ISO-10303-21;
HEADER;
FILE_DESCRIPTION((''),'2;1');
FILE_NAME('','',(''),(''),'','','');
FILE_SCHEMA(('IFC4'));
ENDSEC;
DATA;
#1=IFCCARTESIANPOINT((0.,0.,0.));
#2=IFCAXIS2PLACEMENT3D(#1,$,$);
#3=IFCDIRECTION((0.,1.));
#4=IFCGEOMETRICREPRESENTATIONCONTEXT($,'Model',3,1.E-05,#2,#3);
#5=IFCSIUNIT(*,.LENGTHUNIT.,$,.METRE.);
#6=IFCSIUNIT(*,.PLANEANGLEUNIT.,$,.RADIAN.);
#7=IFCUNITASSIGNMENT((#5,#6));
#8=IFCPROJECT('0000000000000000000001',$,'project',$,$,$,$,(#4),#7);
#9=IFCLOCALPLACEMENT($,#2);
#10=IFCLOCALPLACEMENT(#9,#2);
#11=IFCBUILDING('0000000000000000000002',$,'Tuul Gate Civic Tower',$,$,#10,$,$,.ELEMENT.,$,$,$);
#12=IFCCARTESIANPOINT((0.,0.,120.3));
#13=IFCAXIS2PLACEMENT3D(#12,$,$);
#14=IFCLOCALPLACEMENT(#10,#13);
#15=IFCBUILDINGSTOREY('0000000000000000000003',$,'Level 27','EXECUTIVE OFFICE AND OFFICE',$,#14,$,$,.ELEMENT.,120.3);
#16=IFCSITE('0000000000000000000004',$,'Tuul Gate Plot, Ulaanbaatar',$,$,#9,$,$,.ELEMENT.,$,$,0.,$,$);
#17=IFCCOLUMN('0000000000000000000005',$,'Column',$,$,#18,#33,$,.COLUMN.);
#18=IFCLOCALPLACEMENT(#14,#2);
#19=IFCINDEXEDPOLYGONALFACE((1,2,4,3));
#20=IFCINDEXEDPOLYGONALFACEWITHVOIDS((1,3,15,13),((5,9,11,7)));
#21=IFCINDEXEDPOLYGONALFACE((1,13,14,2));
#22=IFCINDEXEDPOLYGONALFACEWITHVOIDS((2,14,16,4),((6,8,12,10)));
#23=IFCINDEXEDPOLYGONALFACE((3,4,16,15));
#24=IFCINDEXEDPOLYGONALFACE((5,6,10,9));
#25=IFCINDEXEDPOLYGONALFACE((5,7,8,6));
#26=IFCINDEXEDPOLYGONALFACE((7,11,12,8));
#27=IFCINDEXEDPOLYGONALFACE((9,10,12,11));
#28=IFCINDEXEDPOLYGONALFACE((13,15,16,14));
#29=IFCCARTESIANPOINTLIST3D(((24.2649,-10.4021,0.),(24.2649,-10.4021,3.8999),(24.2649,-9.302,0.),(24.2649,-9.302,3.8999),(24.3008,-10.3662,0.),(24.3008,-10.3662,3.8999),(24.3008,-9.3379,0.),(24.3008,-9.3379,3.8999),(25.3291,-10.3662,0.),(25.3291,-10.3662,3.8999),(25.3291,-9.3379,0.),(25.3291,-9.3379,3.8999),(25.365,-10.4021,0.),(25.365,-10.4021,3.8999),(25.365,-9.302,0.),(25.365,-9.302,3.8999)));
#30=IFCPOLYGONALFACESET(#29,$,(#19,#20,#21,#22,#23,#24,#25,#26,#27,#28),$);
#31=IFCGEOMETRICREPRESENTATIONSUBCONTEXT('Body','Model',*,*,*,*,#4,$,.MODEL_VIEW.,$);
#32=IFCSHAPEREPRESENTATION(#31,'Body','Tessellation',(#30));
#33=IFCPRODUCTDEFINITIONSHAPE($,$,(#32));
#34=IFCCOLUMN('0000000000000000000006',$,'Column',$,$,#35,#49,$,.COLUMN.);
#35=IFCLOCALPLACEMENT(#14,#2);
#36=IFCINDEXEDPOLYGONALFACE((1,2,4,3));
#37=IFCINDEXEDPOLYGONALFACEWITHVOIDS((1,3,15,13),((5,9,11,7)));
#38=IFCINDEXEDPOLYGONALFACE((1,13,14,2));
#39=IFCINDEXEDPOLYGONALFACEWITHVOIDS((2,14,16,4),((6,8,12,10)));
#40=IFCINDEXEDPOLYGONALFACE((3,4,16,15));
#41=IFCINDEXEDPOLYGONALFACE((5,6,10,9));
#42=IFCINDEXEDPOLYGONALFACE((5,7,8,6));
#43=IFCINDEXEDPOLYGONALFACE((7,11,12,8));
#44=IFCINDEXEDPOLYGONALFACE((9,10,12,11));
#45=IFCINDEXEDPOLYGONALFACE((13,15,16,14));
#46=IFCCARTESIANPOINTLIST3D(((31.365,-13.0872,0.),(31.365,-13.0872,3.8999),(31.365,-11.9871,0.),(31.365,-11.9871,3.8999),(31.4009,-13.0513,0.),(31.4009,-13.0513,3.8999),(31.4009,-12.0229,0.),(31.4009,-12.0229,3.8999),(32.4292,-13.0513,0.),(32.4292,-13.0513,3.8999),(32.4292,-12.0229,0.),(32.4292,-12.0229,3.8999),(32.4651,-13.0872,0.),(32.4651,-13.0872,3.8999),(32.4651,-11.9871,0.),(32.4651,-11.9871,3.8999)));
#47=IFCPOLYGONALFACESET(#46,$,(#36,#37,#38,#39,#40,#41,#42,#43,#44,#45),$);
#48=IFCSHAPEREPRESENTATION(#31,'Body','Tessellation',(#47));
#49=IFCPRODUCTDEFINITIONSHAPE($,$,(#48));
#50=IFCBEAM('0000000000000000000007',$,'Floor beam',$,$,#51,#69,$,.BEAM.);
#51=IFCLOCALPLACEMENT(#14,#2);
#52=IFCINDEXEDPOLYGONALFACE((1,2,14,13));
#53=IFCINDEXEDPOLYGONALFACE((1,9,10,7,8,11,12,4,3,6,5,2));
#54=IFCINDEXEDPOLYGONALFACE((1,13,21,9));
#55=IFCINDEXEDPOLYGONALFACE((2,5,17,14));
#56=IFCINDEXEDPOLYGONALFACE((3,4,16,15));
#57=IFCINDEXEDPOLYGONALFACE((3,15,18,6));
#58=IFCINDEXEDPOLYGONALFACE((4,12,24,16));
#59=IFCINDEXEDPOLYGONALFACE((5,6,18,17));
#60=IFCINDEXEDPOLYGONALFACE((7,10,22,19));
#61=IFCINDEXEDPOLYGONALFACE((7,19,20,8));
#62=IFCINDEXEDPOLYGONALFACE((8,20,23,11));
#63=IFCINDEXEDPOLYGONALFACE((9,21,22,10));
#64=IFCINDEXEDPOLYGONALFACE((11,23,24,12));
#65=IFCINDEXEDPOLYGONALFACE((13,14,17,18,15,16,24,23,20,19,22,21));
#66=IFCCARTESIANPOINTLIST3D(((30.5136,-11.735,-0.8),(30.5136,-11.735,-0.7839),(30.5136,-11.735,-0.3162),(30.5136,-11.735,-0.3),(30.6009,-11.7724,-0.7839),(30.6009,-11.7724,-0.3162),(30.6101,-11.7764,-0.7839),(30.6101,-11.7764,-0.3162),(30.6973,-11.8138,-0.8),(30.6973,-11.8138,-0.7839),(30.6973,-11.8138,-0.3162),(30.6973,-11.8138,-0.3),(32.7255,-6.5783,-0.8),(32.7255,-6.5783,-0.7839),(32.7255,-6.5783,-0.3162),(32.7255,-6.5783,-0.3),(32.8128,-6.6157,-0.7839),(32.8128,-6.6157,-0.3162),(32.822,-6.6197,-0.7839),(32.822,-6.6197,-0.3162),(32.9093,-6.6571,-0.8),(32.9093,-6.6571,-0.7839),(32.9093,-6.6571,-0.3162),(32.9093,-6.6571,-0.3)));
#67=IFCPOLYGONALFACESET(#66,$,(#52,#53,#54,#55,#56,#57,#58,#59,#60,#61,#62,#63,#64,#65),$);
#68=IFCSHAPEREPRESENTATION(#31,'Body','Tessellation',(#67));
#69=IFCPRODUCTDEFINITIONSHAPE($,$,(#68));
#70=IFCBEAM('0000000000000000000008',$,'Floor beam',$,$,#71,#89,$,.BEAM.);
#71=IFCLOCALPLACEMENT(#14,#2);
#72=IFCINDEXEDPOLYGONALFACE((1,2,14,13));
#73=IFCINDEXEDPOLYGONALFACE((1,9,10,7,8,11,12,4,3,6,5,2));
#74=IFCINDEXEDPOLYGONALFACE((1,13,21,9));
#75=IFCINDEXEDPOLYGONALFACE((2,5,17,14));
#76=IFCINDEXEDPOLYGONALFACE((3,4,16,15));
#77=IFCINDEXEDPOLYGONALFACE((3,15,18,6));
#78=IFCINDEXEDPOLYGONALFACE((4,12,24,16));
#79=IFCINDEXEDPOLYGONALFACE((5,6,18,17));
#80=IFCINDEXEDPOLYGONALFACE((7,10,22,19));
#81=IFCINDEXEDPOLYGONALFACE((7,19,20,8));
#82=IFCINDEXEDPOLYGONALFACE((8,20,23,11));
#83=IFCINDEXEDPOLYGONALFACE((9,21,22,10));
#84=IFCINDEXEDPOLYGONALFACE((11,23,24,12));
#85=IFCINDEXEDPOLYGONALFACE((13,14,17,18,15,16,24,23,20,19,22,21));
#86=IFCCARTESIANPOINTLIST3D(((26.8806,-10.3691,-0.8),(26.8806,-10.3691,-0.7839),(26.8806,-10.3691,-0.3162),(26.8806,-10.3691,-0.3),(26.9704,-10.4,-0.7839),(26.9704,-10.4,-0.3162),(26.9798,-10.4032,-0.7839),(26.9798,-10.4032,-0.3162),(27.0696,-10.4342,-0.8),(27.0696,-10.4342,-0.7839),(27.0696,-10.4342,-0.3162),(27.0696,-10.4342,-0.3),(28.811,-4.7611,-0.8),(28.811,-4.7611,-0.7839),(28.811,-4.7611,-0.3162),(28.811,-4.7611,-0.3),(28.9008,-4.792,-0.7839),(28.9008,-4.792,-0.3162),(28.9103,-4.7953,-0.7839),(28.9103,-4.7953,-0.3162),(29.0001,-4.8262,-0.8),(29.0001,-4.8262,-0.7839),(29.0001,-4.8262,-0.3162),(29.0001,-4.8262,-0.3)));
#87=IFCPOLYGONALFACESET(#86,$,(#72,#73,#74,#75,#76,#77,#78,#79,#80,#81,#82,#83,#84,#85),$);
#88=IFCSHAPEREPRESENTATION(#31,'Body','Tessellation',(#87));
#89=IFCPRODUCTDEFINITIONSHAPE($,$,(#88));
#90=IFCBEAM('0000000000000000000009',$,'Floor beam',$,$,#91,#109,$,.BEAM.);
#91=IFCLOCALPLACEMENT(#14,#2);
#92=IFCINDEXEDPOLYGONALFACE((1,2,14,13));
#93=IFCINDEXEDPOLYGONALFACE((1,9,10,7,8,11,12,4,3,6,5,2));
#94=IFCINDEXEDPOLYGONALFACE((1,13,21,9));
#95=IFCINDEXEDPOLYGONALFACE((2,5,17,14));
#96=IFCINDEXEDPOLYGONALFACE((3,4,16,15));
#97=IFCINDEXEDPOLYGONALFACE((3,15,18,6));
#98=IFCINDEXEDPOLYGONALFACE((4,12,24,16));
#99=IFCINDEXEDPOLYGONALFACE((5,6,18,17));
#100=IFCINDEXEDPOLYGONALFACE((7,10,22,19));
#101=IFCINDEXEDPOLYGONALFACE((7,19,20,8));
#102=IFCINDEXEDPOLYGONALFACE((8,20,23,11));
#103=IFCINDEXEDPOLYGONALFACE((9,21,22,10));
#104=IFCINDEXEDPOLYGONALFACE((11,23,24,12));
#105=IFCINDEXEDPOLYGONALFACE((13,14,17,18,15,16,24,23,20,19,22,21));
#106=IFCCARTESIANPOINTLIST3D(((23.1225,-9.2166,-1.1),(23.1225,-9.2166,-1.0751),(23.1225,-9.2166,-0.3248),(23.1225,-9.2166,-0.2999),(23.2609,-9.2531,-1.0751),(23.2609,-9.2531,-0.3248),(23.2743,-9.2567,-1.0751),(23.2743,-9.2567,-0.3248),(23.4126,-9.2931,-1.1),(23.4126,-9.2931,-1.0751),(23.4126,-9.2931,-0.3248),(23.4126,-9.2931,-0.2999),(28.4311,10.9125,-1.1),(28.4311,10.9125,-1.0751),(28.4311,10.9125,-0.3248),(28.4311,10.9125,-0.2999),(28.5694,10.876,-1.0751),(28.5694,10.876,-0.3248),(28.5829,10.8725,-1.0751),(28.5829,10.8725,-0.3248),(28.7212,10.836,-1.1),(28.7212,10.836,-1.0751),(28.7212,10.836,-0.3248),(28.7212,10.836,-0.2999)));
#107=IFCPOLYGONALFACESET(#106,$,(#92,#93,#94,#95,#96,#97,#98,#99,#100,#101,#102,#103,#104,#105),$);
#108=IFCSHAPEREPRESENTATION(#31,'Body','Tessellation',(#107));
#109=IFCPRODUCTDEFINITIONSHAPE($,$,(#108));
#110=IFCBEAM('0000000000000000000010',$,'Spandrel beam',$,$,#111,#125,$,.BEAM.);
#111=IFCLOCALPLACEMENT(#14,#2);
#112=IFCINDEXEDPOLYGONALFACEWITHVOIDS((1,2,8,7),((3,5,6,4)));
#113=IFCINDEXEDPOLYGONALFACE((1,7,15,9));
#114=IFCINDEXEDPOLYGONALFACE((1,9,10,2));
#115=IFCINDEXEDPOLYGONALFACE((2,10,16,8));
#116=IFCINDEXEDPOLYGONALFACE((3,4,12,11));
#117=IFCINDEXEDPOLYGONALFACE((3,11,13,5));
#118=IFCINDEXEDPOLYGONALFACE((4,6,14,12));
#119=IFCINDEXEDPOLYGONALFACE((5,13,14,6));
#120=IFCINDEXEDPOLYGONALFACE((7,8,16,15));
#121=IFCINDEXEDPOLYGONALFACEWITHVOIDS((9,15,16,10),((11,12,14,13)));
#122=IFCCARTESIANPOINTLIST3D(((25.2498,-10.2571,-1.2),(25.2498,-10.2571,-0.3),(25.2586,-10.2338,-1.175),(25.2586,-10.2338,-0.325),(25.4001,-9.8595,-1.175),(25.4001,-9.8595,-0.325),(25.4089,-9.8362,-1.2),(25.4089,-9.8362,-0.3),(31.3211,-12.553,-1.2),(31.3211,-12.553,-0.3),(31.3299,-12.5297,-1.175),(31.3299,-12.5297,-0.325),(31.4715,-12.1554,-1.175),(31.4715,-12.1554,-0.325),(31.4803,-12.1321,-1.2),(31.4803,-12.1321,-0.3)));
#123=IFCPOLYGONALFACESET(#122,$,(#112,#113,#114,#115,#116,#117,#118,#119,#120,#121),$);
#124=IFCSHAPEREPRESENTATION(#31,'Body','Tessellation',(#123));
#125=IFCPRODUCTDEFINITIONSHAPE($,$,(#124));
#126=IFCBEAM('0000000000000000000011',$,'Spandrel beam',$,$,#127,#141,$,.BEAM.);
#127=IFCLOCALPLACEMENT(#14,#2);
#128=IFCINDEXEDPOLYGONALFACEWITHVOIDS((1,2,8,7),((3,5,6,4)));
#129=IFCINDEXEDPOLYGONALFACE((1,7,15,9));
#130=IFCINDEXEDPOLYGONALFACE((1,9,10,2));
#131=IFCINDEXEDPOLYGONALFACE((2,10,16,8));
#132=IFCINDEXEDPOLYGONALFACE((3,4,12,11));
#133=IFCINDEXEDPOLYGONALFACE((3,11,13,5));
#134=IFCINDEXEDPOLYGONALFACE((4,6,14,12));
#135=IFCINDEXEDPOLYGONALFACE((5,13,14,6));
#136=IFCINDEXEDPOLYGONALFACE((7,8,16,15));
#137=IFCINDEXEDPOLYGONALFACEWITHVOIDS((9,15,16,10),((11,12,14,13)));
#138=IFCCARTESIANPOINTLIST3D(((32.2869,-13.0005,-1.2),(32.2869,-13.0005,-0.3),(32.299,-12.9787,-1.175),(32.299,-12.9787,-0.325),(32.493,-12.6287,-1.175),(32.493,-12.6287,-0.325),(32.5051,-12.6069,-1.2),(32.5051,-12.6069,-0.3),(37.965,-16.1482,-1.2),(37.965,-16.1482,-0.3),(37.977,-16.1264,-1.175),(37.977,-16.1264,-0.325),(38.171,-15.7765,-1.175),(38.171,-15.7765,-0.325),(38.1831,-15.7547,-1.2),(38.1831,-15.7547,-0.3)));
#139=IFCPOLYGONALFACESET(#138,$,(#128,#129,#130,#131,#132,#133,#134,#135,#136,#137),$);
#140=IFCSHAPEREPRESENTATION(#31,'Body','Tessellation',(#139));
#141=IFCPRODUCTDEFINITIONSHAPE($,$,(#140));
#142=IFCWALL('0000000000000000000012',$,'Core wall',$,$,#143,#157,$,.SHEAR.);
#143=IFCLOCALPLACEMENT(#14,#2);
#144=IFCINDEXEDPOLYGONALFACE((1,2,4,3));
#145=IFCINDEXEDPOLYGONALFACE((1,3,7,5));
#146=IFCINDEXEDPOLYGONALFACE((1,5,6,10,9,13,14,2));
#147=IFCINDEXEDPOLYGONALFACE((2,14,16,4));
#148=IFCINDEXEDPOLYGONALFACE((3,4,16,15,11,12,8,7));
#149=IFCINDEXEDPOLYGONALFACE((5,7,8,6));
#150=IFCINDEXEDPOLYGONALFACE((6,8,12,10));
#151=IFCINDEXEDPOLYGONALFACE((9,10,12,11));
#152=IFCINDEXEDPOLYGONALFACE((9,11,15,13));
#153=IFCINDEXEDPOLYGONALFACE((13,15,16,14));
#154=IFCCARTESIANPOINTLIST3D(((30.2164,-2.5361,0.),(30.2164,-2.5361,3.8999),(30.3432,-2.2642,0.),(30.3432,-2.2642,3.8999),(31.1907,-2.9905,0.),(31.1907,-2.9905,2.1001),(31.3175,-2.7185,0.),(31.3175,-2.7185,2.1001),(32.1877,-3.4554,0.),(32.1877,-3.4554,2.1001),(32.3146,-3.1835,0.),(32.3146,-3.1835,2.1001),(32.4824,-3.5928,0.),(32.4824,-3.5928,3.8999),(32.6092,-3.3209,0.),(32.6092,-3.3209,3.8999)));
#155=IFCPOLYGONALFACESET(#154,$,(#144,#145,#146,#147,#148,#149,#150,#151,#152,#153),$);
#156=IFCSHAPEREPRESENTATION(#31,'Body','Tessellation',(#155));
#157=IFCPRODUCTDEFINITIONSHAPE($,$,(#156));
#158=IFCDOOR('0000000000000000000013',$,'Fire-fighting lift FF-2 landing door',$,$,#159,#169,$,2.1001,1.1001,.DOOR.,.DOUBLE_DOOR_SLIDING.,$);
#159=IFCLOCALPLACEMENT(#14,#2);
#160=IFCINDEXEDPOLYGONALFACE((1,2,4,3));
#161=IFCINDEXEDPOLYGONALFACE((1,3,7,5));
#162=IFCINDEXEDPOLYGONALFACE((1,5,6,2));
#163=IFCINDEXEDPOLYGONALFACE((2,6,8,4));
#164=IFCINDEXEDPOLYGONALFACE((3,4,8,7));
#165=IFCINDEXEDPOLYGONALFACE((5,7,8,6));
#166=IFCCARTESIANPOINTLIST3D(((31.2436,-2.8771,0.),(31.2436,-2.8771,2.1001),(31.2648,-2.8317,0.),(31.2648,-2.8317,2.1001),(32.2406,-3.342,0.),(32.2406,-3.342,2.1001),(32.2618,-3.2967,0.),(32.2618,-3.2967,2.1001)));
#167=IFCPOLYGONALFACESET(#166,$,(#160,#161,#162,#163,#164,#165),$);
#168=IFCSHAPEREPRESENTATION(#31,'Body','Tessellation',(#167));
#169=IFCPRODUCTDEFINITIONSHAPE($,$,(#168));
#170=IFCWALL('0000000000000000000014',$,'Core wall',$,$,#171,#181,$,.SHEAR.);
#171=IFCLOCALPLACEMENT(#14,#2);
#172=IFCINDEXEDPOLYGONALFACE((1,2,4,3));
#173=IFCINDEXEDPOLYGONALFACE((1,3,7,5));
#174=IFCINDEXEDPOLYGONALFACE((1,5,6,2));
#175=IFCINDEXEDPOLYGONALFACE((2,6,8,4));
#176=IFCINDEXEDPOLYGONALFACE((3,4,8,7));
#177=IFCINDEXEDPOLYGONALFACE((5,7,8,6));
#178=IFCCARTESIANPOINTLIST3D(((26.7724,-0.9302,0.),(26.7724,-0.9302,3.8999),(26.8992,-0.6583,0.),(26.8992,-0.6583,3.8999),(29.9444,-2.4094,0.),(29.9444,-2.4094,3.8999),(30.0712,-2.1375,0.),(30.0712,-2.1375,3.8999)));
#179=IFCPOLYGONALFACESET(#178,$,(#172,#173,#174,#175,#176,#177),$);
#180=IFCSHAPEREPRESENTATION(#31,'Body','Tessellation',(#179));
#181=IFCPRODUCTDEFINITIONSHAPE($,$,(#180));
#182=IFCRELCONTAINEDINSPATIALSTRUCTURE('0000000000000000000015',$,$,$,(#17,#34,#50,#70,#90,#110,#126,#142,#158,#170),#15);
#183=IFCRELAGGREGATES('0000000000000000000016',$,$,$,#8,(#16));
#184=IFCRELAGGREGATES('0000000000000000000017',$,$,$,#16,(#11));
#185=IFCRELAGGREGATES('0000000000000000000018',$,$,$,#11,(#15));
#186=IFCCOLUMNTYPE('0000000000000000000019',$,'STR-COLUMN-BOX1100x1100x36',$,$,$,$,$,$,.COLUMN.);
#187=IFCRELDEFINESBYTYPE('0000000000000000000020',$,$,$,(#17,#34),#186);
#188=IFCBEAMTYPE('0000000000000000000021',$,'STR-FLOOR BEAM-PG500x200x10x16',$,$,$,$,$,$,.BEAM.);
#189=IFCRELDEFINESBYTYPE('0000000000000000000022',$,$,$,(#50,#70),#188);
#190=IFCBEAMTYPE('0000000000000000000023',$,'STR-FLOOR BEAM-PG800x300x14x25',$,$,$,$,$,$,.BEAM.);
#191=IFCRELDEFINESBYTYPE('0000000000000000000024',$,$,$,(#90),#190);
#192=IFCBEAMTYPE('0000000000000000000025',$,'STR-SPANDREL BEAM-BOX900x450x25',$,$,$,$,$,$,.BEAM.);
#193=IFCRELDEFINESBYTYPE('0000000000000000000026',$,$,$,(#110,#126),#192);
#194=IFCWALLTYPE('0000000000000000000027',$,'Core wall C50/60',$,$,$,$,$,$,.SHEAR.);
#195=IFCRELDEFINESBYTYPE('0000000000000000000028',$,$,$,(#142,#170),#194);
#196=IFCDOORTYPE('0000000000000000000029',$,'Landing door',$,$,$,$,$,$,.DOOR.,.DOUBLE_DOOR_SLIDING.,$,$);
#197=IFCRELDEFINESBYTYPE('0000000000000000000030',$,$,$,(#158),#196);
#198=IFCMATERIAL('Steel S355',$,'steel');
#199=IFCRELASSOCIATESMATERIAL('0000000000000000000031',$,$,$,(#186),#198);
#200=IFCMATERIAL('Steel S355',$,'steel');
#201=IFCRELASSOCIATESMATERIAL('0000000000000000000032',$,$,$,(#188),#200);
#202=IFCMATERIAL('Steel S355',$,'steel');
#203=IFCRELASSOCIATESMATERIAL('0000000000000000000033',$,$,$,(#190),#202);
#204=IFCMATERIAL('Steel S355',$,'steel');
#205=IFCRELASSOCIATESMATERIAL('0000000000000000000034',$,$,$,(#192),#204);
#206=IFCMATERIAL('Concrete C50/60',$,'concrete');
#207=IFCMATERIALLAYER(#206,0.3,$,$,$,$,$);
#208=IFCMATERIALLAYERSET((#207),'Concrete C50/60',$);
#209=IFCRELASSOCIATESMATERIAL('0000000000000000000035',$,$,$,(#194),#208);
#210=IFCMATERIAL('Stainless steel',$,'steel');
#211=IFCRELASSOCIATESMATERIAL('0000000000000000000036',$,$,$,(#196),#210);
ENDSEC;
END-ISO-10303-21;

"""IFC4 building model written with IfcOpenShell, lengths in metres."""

from ifc_helpers import new_model, si_unit, direction, frame, frame_2d, origin, origin_2d, place, context, subcontext, project, spatial, rectangle, hollow_rectangle, i_section, extrude, material, layer, layer_set, material_profile, profile_set, type_object, element, fill, save


model = new_model("IFC4")

# Units and contexts
model_context = context("Model", 3, precision=1e-05, world=origin(), true_north=direction((0.0, 1.0)))
body_context = subcontext(model_context, "Body", "Model", "MODEL_VIEW")
ifc_project = project(units=[si_unit("LENGTHUNIT", "METRE"), si_unit("PLANEANGLEUNIT", "RADIAN")], contexts=[model_context])

# Site, building, storey
site_placement = place(None, origin())
site = spatial("IfcSite", under=ifc_project, at=site_placement, Name="Tuul Gate Plot, Ulaanbaatar", CompositionType="ELEMENT", RefElevation=0.0)
building_placement = place(site_placement, origin())
building = spatial("IfcBuilding", under=site, at=building_placement, Name="Tuul Gate Civic Tower", CompositionType="ELEMENT")
storey_placement = place(building_placement, frame((0.0, 0.0, 120.3)))
storey = spatial("IfcBuildingStorey", under=building, at=storey_placement, Name="Level 27", Description="EXECUTIVE OFFICE AND OFFICE", CompositionType="ELEMENT", Elevation=120.3)

# Columns
ifc_material_1 = material(Name="Steel S355", Category="steel")
ifc_material_profile_1 = material_profile(ifc_material_1, hollow_rectangle(XDim=1.1001, YDim=1.1001, WallThickness=0.0359, at=origin_2d()), Name="BOX1100x1100x36")
ifc_profile_set_1 = profile_set([ifc_material_profile_1], Name="Steel S355")
column_type = type_object("IfcColumnType", Name="STR-COLUMN-BOX1100x1100x36", PredefinedType="COLUMN", material=ifc_profile_set_1)
for number, where, z_axis, x_axis, name in (
    (1, (24.8149, -9.8521, 0.0), (0.0, 0.0, 1.0), (1.0, 0.0, 0.0), "Column"),
    (2, (31.915, -12.5371, 0.0), (0.0, 0.0, 1.0), (1.0, 0.0, 0.0), "Column"),
):
    element("IfcColumn", number, at=place(storey_placement, frame(where, z_axis=z_axis, x_axis=x_axis)), inside=storey, type_object=column_type, Name=name, PredefinedType="COLUMN", context=body_context, shape_type="SweptSolid", body=[
        extrude(hollow_rectangle(XDim=1.1001, YDim=1.1001, WallThickness=0.0359, at=origin_2d()), origin(), (0.0, 0.0, 1.0), 3.8999),
    ])

# Beams
ifc_material_2 = material(Name="Steel S355", Category="steel")
ifc_material_profile_2 = material_profile(ifc_material_2, i_section(OverallWidth=0.2, OverallDepth=0.5, WebThickness=0.01, FlangeThickness=0.0161, at=origin_2d()), Name="PG500x200x10x16")
ifc_profile_set_2 = profile_set([ifc_material_profile_2], Name="Steel S355")
beam_type_1 = type_object("IfcBeamType", Name="STR-FLOOR BEAM-PG500x200x10x16", PredefinedType="BEAM", material=ifc_profile_set_2)
beam_1_placement = place(storey_placement, frame((30.6055, -11.7744, -0.55), z_axis=(0.394203, 0.919023, 0.0), x_axis=(-0.919023, 0.394203, 0.0)))
element("IfcBeam", 3, at=beam_1_placement, inside=storey, type_object=beam_type_1, Name="Floor beam", PredefinedType="BEAM", context=body_context, shape_type="SweptSolid", body=[
    extrude(i_section(OverallWidth=0.2, OverallDepth=0.5, WebThickness=0.01, FlangeThickness=0.0161, at=origin_2d()), origin(), (0.0, 0.0, 1.0), 5.6111),
])
beam_2_placement = place(storey_placement, frame((26.9751, -10.4016, -0.55), z_axis=(0.325487, 0.945547, 0.0), x_axis=(-0.945547, 0.325487, 0.0)))
element("IfcBeam", 4, at=beam_2_placement, inside=storey, type_object=beam_type_1, Name="Floor beam", PredefinedType="BEAM", context=body_context, shape_type="SweptSolid", body=[
    extrude(i_section(OverallWidth=0.2, OverallDepth=0.5, WebThickness=0.01, FlangeThickness=0.0161, at=origin_2d()), origin(), (0.0, 0.0, 1.0), 5.9309),
])
ifc_material_3 = material(Name="Steel S355", Category="steel")
ifc_material_profile_3 = material_profile(ifc_material_3, i_section(OverallWidth=0.3, OverallDepth=0.8, WebThickness=0.0139, FlangeThickness=0.0249, at=origin_2d()), Name="PG800x300x14x25")
ifc_profile_set_3 = profile_set([ifc_material_profile_3], Name="Steel S355")
beam_type_2 = type_object("IfcBeamType", Name="STR-FLOOR BEAM-PG800x300x14x25", PredefinedType="BEAM", material=ifc_profile_set_3)
beam_3_placement = place(storey_placement, frame((23.2676, -9.2549, -0.7), z_axis=(0.255008, 0.966939, 0.0), x_axis=(-0.966939, 0.255008, 0.0)))
element("IfcBeam", 5, at=beam_3_placement, inside=storey, type_object=beam_type_2, Name="Floor beam", PredefinedType="BEAM", context=body_context, shape_type="SweptSolid", body=[
    extrude(i_section(OverallWidth=0.3, OverallDepth=0.8, WebThickness=0.0139, FlangeThickness=0.0249, at=origin_2d()), origin(), (0.0, 0.0, 1.0), 20.8174),
])
ifc_material_4 = material(Name="Steel S355", Category="steel")
ifc_material_profile_4 = material_profile(ifc_material_4, hollow_rectangle(XDim=0.45, YDim=0.8999, WallThickness=0.0249, at=origin_2d()), Name="BOX900x450x25")
ifc_profile_set_4 = profile_set([ifc_material_profile_4], Name="Steel S355")
beam_type_3 = type_object("IfcBeamType", Name="STR-SPANDREL BEAM-BOX900x450x25", PredefinedType="BEAM", material=ifc_profile_set_4)
beam_4_placement = place(storey_placement, frame((25.3293, -10.0466, -0.75), z_axis=(0.935355, -0.353711, 0.0), x_axis=(0.353711, 0.935355, 0.0)))
element("IfcBeam", 6, at=beam_4_placement, inside=storey, type_object=beam_type_3, Name="Spandrel beam", PredefinedType="BEAM", context=body_context, shape_type="SweptSolid", body=[
    extrude(hollow_rectangle(XDim=0.45, YDim=0.8999, WallThickness=0.0249, at=origin_2d()), origin(), (0.0, 0.0, 1.0), 6.491),
])
beam_5_placement = place(storey_placement, frame((32.396, -12.8037, -0.75), z_axis=(0.874597, -0.484851, 0.0), x_axis=(0.484851, 0.874597, 0.0)))
element("IfcBeam", 7, at=beam_5_placement, inside=storey, type_object=beam_type_3, Name="Spandrel beam", PredefinedType="BEAM", context=body_context, shape_type="SweptSolid", body=[
    extrude(hollow_rectangle(XDim=0.45, YDim=0.8999, WallThickness=0.0249, at=origin_2d()), origin(), (0.0, 0.0, 1.0), 6.4922),
])

# Wall, opening, door
ifc_material_5 = material(Name="Concrete C50/60", Category="concrete")
ifc_layer_1 = layer(ifc_material_5, 0.3)
ifc_layer_set_1 = layer_set([ifc_layer_1], Name="Concrete C50/60")
wall_type_1 = type_object("IfcWallType", Name="Core wall C50/60", PredefinedType="SHEAR", material=ifc_layer_set_1)
wall_1_placement = place(storey_placement, frame((32.5457, -3.4568, 0.0), z_axis=(0.0, 0.0, 1.0), x_axis=(-0.9063, 0.422634, 0.0)))
wall_1 = element("IfcWall", 8, at=wall_1_placement, inside=storey, type_object=wall_type_1, Name="Core wall", PredefinedType="SHEAR", context=body_context, shape_type="SweptSolid", body=[
    extrude(rectangle(XDim=2.5002, YDim=0.3, at=frame_2d((1.25, 0.0))), origin(), (0.0, 0.0, 1.0), 3.8999),
])
opening_1_placement = place(wall_1_placement, frame((0.325, 0.0, 0.0)))
opening_1 = element("IfcOpeningElement", 9, at=opening_1_placement, cuts=wall_1, PredefinedType="OPENING", context=body_context, shape_type="SweptSolid", body=[
    extrude(rectangle(XDim=1.1001, YDim=2.1001, at=frame_2d((0.55, 1.05))), frame((0.0, 0.1602, 0.0), z_axis=(0.0, -1.0, 0.0), x_axis=(1.0, 0.0, 0.0)), (0.0, 0.0, 1.0), 0.3201),
])
ifc_material_6 = material(Name="Stainless steel", Category="steel")
door_type_1 = type_object("IfcDoorType", Name="Landing door", OperationType="DOUBLE_DOOR_SLIDING", PredefinedType="DOOR", material=ifc_material_6)
door_1_placement = place(opening_1_placement, origin())
door_1 = element("IfcDoor", 10, at=door_1_placement, inside=storey, type_object=door_type_1, Name="Fire-fighting lift FF-2 landing door", OperationType="DOUBLE_DOOR_SLIDING", OverallHeight=2.1001, OverallWidth=1.1001, PredefinedType="DOOR", context=body_context, shape_type="SweptSolid", body=[
    extrude(rectangle(XDim=1.1001, YDim=2.1001, at=frame_2d((0.55, 1.05))), frame((0.0, 0.0249, 0.0), z_axis=(0.0, -1.0, 0.0), x_axis=(1.0, 0.0, 0.0)), (0.0, 0.0, 1.0), 0.05),
])
fill(opening_1, door_1)

# Wall
wall_2_placement = place(storey_placement, frame((30.0078, -2.2734, 0.0), z_axis=(0.0, 0.0, 1.0), x_axis=(-0.906301, 0.422633, 0.0)))
element("IfcWall", 11, at=wall_2_placement, inside=storey, type_object=wall_type_1, Name="Core wall", PredefinedType="SHEAR", context=body_context, shape_type="SweptSolid", body=[
    extrude(rectangle(XDim=3.5, YDim=0.3, at=frame_2d((1.75, 0.0))), origin(), (0.0, 0.0, 1.0), 3.8999),
])

save(model, "model.ifc")
